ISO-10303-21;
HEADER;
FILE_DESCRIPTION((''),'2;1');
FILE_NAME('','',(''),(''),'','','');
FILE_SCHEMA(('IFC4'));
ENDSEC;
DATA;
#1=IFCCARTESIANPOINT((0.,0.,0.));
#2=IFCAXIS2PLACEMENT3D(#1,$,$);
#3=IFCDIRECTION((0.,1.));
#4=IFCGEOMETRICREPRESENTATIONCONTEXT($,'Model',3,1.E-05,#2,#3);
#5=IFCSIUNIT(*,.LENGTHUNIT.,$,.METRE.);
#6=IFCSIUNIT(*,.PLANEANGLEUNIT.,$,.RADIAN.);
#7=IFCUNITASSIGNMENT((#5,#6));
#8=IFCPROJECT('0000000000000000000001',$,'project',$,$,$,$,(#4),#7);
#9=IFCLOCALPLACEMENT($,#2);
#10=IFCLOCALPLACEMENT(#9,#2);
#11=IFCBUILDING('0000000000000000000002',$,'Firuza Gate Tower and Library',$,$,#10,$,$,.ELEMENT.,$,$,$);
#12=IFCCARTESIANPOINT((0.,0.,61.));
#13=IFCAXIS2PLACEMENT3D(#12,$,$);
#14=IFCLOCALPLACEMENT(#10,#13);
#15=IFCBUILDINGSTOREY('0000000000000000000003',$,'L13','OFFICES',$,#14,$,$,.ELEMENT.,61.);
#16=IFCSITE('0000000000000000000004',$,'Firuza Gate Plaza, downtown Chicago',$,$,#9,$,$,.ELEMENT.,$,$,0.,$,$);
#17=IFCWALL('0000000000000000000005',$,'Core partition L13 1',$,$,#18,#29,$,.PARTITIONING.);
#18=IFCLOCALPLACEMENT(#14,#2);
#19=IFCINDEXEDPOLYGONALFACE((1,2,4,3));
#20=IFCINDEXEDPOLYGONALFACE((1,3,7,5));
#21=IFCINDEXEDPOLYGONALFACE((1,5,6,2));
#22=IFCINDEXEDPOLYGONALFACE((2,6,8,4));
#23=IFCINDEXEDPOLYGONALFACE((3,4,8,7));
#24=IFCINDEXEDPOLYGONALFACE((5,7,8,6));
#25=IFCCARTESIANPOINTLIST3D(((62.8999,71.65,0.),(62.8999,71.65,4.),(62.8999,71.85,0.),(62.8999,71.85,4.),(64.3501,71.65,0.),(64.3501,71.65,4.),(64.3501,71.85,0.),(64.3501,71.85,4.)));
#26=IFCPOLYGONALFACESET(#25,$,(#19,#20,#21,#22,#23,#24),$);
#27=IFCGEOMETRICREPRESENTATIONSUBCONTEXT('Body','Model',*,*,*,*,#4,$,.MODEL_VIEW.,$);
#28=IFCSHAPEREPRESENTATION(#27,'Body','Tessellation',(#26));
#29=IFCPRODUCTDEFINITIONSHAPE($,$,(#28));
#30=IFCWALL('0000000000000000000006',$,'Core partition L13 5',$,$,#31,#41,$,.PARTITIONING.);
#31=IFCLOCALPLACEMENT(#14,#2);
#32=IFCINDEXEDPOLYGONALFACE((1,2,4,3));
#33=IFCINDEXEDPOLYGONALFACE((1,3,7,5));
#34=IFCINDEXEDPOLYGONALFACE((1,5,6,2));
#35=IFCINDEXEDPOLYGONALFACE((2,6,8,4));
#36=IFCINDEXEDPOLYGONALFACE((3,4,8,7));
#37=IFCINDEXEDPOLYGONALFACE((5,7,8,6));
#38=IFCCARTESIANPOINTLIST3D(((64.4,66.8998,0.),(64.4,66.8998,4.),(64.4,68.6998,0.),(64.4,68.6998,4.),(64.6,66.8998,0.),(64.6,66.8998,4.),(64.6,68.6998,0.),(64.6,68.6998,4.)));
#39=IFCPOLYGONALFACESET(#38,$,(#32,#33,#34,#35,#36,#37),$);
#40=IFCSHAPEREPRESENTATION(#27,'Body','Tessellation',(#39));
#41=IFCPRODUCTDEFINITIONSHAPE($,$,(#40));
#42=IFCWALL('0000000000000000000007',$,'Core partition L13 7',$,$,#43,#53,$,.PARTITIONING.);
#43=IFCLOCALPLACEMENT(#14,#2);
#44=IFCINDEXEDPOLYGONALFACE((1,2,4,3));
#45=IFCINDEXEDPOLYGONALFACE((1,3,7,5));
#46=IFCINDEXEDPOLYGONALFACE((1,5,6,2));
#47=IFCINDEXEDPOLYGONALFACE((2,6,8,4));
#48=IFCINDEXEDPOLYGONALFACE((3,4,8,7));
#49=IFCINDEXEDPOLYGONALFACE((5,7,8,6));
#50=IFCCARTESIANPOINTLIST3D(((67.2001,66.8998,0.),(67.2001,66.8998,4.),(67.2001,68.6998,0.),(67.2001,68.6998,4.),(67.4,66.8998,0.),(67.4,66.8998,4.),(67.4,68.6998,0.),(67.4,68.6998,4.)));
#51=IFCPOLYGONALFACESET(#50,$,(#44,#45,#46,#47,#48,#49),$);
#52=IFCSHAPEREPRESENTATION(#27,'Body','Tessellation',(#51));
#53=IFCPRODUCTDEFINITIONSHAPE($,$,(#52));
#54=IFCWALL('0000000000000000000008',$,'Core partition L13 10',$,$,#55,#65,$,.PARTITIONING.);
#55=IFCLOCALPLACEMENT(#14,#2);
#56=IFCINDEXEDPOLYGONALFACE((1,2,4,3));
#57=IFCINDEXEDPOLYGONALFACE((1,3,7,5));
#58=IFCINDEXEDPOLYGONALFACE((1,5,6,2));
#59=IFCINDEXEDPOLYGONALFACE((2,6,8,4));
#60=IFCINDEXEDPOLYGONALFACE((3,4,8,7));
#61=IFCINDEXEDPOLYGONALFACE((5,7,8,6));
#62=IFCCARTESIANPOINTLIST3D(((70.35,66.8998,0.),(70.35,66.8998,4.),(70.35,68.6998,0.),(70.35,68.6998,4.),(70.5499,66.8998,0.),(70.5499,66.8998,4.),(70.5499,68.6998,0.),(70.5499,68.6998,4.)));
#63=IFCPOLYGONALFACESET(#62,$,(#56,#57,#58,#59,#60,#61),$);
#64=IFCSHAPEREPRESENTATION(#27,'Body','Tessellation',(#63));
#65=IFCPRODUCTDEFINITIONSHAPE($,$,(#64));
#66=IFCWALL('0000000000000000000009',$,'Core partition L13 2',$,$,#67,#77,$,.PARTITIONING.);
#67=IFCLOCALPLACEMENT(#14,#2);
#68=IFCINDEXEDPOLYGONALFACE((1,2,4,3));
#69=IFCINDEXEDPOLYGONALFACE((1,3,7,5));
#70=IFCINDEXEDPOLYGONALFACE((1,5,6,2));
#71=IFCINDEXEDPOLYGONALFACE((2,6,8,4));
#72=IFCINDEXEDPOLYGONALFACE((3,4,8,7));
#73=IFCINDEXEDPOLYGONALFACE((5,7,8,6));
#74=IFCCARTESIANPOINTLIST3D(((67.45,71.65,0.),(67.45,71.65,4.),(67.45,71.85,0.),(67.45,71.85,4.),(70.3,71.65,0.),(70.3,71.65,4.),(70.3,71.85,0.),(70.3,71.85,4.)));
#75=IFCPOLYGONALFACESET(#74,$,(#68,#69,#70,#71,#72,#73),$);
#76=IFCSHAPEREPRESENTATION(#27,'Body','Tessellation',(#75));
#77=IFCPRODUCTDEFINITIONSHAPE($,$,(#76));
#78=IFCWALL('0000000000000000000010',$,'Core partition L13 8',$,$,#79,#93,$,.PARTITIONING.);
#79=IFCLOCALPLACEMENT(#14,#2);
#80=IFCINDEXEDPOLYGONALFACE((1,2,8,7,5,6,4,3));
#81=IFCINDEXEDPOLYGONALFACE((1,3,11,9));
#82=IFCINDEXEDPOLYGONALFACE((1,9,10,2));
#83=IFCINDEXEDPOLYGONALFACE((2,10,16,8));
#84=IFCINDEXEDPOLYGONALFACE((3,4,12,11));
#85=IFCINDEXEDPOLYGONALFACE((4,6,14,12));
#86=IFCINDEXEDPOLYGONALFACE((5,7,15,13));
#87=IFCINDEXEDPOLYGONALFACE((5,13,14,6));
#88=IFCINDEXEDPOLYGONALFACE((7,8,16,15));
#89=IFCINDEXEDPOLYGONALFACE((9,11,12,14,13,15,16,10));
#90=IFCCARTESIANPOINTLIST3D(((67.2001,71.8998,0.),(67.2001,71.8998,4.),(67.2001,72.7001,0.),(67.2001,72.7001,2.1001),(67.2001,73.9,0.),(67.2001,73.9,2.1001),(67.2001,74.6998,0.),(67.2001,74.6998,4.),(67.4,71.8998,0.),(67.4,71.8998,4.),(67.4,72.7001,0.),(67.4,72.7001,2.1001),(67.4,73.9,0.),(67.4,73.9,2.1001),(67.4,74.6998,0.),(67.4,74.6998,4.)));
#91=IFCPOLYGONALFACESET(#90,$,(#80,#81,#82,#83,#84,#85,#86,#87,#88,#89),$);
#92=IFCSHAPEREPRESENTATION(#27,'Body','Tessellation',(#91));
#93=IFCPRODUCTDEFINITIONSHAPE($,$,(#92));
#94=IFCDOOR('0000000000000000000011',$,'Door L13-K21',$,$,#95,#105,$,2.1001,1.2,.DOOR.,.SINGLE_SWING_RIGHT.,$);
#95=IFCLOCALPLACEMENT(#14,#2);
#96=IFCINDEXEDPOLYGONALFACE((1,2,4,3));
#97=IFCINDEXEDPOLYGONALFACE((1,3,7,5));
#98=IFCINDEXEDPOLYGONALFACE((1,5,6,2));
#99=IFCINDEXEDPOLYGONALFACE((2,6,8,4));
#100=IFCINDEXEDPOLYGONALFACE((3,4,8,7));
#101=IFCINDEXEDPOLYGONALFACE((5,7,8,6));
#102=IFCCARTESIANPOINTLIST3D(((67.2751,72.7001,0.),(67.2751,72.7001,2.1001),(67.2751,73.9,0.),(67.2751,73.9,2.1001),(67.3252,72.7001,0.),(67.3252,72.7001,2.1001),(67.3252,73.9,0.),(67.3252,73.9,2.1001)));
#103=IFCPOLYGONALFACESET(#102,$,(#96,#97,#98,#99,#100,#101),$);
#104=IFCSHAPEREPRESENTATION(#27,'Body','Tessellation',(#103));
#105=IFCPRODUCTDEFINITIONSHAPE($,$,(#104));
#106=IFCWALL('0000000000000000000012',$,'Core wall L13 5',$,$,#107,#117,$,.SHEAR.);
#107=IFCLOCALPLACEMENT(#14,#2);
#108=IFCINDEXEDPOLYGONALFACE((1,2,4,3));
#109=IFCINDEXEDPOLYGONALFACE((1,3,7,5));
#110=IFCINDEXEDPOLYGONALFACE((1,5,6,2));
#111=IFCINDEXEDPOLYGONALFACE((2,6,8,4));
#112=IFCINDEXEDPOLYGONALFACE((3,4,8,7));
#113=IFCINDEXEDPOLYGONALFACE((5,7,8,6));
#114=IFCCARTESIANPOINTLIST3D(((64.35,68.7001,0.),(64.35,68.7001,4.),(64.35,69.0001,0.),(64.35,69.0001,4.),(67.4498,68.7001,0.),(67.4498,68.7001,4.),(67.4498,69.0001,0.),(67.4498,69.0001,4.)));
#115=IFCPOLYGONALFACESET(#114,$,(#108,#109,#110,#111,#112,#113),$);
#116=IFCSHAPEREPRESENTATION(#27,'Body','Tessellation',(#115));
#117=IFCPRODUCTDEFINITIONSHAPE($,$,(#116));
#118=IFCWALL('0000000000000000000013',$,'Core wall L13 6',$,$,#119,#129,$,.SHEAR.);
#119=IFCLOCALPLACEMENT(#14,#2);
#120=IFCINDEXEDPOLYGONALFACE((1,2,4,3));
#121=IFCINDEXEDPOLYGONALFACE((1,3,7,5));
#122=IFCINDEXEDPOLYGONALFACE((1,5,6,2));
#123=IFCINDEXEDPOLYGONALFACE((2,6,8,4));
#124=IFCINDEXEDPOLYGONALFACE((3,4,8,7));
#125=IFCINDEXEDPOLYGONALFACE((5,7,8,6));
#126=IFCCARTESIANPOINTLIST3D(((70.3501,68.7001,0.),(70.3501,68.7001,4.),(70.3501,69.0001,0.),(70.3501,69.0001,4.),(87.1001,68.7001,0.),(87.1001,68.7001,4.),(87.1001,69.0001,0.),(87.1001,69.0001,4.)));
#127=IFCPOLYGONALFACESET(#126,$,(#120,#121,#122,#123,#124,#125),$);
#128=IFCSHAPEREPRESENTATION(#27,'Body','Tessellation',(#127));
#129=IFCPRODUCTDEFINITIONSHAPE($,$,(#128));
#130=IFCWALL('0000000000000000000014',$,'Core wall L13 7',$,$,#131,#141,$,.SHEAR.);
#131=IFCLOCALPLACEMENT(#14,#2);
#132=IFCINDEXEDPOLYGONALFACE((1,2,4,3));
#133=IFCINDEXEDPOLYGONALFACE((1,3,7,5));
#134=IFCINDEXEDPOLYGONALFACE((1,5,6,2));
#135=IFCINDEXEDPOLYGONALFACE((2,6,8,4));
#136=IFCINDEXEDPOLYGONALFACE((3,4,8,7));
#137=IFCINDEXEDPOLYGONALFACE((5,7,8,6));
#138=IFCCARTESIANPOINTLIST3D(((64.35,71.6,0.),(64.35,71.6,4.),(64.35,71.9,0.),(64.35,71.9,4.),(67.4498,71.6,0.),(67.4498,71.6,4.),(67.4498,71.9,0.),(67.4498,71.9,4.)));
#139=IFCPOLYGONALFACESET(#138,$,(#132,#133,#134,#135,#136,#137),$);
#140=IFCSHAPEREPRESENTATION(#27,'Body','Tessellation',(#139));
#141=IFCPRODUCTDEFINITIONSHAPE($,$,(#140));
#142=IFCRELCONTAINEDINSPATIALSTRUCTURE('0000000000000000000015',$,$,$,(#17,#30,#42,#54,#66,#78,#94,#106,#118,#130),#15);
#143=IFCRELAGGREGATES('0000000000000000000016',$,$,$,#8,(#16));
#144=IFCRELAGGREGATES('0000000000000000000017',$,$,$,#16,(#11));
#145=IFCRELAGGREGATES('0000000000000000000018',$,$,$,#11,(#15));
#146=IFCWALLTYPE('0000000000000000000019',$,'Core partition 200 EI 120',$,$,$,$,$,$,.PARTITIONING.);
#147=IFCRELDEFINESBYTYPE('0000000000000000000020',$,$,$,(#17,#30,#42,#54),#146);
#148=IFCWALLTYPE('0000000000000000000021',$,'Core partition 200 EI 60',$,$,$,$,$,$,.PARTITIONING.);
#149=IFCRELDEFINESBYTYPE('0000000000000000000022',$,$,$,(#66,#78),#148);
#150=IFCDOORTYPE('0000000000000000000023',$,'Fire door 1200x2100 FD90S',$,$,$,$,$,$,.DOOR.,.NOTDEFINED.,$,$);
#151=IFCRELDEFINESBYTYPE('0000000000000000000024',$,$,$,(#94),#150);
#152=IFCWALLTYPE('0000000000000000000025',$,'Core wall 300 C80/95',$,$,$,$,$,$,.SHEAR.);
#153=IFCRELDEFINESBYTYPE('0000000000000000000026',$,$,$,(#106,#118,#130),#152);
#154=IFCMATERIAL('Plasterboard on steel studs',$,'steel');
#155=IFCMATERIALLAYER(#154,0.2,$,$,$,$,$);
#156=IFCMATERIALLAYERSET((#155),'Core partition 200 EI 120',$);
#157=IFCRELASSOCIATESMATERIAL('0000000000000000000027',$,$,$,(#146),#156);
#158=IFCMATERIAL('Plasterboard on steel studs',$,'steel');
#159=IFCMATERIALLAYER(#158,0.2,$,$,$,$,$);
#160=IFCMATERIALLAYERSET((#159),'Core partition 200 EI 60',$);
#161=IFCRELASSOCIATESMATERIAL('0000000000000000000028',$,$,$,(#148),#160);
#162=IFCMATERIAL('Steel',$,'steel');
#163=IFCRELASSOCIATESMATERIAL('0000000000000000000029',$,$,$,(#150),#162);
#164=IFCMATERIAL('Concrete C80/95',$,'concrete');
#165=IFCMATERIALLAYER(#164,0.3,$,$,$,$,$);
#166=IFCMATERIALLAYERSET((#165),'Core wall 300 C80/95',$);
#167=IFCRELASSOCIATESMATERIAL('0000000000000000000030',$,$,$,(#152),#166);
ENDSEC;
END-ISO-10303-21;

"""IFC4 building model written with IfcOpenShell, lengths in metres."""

from ifc_helpers import new_model, si_unit, direction, frame, frame_2d, origin, place, context, subcontext, project, spatial, rectangle, extrude, material, layer, layer_set, type_object, element, fill, save


model = new_model("IFC4")

# Units and contexts
model_context = context("Model", 3, precision=1e-05, world=origin(), true_north=direction((0.0, 1.0)))
body_context = subcontext(model_context, "Body", "Model", "MODEL_VIEW")
ifc_project = project(units=[si_unit("LENGTHUNIT", "METRE"), si_unit("PLANEANGLEUNIT", "RADIAN")], contexts=[model_context])

# Site, building, storey
site_placement = place(None, origin())
site = spatial("IfcSite", under=ifc_project, at=site_placement, Name="Firuza Gate Plaza, downtown Chicago", CompositionType="ELEMENT", RefElevation=0.0)
building_placement = place(site_placement, origin())
building = spatial("IfcBuilding", under=site, at=building_placement, Name="Firuza Gate Tower and Library", CompositionType="ELEMENT")
storey_placement = place(building_placement, frame((0.0, 0.0, 61.0)))
storey = spatial("IfcBuildingStorey", under=building, at=storey_placement, Name="L13", Description="OFFICES", CompositionType="ELEMENT", Elevation=61.0)

# Walls
ifc_material_1 = material(Name="Plasterboard on steel studs", Category="steel")
ifc_layer_1 = layer(ifc_material_1, 0.2)
ifc_layer_set_1 = layer_set([ifc_layer_1], Name="Core partition 200 EI 120")
wall_type_1 = type_object("IfcWallType", Name="Core partition 200 EI 120", PredefinedType="PARTITIONING", material=ifc_layer_set_1)
wall_1_placement = place(storey_placement, frame((62.8999, 71.75, 0.0), z_axis=(0.0, 0.0, 1.0), x_axis=(1.0, 0.0, 0.0)))
element("IfcWall", 1, at=wall_1_placement, inside=storey, type_object=wall_type_1, Name="Core partition L13 1", PredefinedType="PARTITIONING", context=body_context, shape_type="SweptSolid", body=[
    extrude(rectangle(XDim=1.4502, YDim=0.2, at=frame_2d((0.7251, 0.0))), origin(), (0.0, 0.0, 1.0), 4.0),
])
for number, where, z_axis, x_axis, name in (
    (2, (64.5, 66.8999, 0.0), (0.0, 0.0, 1.0), (0.0, 1.0, 0.0), "Core partition L13 5"),
    (3, (67.3, 66.8999, 0.0), (0.0, 0.0, 1.0), (0.0, 1.0, 0.0), "Core partition L13 7"),
    (4, (70.45, 66.8999, 0.0), (0.0, 0.0, 1.0), (0.0, 1.0, 0.0), "Core partition L13 10"),
):
    element("IfcWall", number, at=place(storey_placement, frame(where, z_axis=z_axis, x_axis=x_axis)), inside=storey, type_object=wall_type_1, Name=name, PredefinedType="PARTITIONING", context=body_context, shape_type="SweptSolid", body=[
        extrude(rectangle(XDim=1.8, YDim=0.2, at=frame_2d((0.8999, 0.0))), origin(), (0.0, 0.0, 1.0), 4.0),
    ])
ifc_material_2 = material(Name="Plasterboard on steel studs", Category="steel")
ifc_layer_2 = layer(ifc_material_2, 0.2)
ifc_layer_set_2 = layer_set([ifc_layer_2], Name="Core partition 200 EI 60")
wall_type_2 = type_object("IfcWallType", Name="Core partition 200 EI 60", PredefinedType="PARTITIONING", material=ifc_layer_set_2)
wall_2_placement = place(storey_placement, frame((67.45, 71.75, 0.0), z_axis=(0.0, 0.0, 1.0), x_axis=(1.0, 0.0, 0.0)))
element("IfcWall", 5, at=wall_2_placement, inside=storey, type_object=wall_type_2, Name="Core partition L13 2", PredefinedType="PARTITIONING", context=body_context, shape_type="SweptSolid", body=[
    extrude(rectangle(XDim=2.8501, YDim=0.2, at=frame_2d((1.425, 0.0))), origin(), (0.0, 0.0, 1.0), 4.0),
])

# Wall, opening, door
wall_3_placement = place(storey_placement, frame((67.3, 71.8999, 0.0), z_axis=(0.0, 0.0, 1.0), x_axis=(0.0, 1.0, 0.0)))
wall_3 = element("IfcWall", 6, at=wall_3_placement, inside=storey, type_object=wall_type_2, Name="Core partition L13 8", PredefinedType="PARTITIONING", context=body_context, shape_type="SweptSolid", body=[
    extrude(rectangle(XDim=2.8, YDim=0.2, at=frame_2d((1.3999, 0.0))), origin(), (0.0, 0.0, 1.0), 4.0),
])
opening_1_placement = place(wall_3_placement, frame((0.8, 0.0, 0.0)))
opening_1 = element("IfcOpeningElement", 7, at=opening_1_placement, cuts=wall_3, PredefinedType="OPENING", context=body_context, shape_type="SweptSolid", body=[
    extrude(rectangle(XDim=1.2, YDim=2.1001, at=frame_2d((0.6001, 1.05))), frame((0.0, 0.1099, 0.0), z_axis=(0.0, -1.0, 0.0), x_axis=(1.0, 0.0, 0.0)), (0.0, 0.0, 1.0), 0.22),
])
ifc_material_3 = material(Name="Steel", Category="steel")
door_type_1 = type_object("IfcDoorType", Name="Fire door 1200x2100 FD90S", OperationType="NOTDEFINED", PredefinedType="DOOR", material=ifc_material_3)
door_1_placement = place(opening_1_placement, origin())
door_1 = element("IfcDoor", 8, at=door_1_placement, inside=storey, type_object=door_type_1, Name="Door L13-K21", OperationType="SINGLE_SWING_RIGHT", OverallHeight=2.1001, OverallWidth=1.2, PredefinedType="DOOR", context=body_context, shape_type="SweptSolid", body=[
    extrude(rectangle(XDim=1.2, YDim=2.1001, at=frame_2d((0.6001, 1.05))), frame((0.0, 0.0249, 0.0), z_axis=(0.0, -1.0, 0.0), x_axis=(1.0, 0.0, 0.0)), (0.0, 0.0, 1.0), 0.05),
])
fill(opening_1, door_1)

# Walls
ifc_material_4 = material(Name="Concrete C80/95", Category="concrete")
ifc_layer_3 = layer(ifc_material_4, 0.3)
ifc_layer_set_3 = layer_set([ifc_layer_3], Name="Core wall 300 C80/95")
wall_type_3 = type_object("IfcWallType", Name="Core wall 300 C80/95", PredefinedType="SHEAR", material=ifc_layer_set_3)
wall_4_placement = place(storey_placement, frame((64.3501, 68.8501, 0.0), z_axis=(0.0, 0.0, 1.0), x_axis=(1.0, 0.0, 0.0)))
element("IfcWall", 9, at=wall_4_placement, inside=storey, type_object=wall_type_3, Name="Core wall L13 5", PredefinedType="SHEAR", context=body_context, shape_type="SweptSolid", body=[
    extrude(rectangle(XDim=3.0999, YDim=0.3, at=frame_2d((1.5498, 0.0))), origin(), (0.0, 0.0, 1.0), 4.0),
])
wall_5_placement = place(storey_placement, frame((70.3501, 68.8501, 0.0), z_axis=(0.0, 0.0, 1.0), x_axis=(1.0, 0.0, 0.0)))
element("IfcWall", 10, at=wall_5_placement, inside=storey, type_object=wall_type_3, Name="Core wall L13 6", PredefinedType="SHEAR", context=body_context, shape_type="SweptSolid", body=[
    extrude(rectangle(XDim=16.75, YDim=0.3, at=frame_2d((8.375, 0.0))), origin(), (0.0, 0.0, 1.0), 4.0),
])
wall_6_placement = place(storey_placement, frame((64.3501, 71.75, 0.0), z_axis=(0.0, 0.0, 1.0), x_axis=(1.0, 0.0, 0.0)))
element("IfcWall", 11, at=wall_6_placement, inside=storey, type_object=wall_type_3, Name="Core wall L13 7", PredefinedType="SHEAR", context=body_context, shape_type="SweptSolid", body=[
    extrude(rectangle(XDim=3.0999, YDim=0.3, at=frame_2d((1.5498, 0.0))), origin(), (0.0, 0.0, 1.0), 4.0),
])

save(model, "model.ifc")
